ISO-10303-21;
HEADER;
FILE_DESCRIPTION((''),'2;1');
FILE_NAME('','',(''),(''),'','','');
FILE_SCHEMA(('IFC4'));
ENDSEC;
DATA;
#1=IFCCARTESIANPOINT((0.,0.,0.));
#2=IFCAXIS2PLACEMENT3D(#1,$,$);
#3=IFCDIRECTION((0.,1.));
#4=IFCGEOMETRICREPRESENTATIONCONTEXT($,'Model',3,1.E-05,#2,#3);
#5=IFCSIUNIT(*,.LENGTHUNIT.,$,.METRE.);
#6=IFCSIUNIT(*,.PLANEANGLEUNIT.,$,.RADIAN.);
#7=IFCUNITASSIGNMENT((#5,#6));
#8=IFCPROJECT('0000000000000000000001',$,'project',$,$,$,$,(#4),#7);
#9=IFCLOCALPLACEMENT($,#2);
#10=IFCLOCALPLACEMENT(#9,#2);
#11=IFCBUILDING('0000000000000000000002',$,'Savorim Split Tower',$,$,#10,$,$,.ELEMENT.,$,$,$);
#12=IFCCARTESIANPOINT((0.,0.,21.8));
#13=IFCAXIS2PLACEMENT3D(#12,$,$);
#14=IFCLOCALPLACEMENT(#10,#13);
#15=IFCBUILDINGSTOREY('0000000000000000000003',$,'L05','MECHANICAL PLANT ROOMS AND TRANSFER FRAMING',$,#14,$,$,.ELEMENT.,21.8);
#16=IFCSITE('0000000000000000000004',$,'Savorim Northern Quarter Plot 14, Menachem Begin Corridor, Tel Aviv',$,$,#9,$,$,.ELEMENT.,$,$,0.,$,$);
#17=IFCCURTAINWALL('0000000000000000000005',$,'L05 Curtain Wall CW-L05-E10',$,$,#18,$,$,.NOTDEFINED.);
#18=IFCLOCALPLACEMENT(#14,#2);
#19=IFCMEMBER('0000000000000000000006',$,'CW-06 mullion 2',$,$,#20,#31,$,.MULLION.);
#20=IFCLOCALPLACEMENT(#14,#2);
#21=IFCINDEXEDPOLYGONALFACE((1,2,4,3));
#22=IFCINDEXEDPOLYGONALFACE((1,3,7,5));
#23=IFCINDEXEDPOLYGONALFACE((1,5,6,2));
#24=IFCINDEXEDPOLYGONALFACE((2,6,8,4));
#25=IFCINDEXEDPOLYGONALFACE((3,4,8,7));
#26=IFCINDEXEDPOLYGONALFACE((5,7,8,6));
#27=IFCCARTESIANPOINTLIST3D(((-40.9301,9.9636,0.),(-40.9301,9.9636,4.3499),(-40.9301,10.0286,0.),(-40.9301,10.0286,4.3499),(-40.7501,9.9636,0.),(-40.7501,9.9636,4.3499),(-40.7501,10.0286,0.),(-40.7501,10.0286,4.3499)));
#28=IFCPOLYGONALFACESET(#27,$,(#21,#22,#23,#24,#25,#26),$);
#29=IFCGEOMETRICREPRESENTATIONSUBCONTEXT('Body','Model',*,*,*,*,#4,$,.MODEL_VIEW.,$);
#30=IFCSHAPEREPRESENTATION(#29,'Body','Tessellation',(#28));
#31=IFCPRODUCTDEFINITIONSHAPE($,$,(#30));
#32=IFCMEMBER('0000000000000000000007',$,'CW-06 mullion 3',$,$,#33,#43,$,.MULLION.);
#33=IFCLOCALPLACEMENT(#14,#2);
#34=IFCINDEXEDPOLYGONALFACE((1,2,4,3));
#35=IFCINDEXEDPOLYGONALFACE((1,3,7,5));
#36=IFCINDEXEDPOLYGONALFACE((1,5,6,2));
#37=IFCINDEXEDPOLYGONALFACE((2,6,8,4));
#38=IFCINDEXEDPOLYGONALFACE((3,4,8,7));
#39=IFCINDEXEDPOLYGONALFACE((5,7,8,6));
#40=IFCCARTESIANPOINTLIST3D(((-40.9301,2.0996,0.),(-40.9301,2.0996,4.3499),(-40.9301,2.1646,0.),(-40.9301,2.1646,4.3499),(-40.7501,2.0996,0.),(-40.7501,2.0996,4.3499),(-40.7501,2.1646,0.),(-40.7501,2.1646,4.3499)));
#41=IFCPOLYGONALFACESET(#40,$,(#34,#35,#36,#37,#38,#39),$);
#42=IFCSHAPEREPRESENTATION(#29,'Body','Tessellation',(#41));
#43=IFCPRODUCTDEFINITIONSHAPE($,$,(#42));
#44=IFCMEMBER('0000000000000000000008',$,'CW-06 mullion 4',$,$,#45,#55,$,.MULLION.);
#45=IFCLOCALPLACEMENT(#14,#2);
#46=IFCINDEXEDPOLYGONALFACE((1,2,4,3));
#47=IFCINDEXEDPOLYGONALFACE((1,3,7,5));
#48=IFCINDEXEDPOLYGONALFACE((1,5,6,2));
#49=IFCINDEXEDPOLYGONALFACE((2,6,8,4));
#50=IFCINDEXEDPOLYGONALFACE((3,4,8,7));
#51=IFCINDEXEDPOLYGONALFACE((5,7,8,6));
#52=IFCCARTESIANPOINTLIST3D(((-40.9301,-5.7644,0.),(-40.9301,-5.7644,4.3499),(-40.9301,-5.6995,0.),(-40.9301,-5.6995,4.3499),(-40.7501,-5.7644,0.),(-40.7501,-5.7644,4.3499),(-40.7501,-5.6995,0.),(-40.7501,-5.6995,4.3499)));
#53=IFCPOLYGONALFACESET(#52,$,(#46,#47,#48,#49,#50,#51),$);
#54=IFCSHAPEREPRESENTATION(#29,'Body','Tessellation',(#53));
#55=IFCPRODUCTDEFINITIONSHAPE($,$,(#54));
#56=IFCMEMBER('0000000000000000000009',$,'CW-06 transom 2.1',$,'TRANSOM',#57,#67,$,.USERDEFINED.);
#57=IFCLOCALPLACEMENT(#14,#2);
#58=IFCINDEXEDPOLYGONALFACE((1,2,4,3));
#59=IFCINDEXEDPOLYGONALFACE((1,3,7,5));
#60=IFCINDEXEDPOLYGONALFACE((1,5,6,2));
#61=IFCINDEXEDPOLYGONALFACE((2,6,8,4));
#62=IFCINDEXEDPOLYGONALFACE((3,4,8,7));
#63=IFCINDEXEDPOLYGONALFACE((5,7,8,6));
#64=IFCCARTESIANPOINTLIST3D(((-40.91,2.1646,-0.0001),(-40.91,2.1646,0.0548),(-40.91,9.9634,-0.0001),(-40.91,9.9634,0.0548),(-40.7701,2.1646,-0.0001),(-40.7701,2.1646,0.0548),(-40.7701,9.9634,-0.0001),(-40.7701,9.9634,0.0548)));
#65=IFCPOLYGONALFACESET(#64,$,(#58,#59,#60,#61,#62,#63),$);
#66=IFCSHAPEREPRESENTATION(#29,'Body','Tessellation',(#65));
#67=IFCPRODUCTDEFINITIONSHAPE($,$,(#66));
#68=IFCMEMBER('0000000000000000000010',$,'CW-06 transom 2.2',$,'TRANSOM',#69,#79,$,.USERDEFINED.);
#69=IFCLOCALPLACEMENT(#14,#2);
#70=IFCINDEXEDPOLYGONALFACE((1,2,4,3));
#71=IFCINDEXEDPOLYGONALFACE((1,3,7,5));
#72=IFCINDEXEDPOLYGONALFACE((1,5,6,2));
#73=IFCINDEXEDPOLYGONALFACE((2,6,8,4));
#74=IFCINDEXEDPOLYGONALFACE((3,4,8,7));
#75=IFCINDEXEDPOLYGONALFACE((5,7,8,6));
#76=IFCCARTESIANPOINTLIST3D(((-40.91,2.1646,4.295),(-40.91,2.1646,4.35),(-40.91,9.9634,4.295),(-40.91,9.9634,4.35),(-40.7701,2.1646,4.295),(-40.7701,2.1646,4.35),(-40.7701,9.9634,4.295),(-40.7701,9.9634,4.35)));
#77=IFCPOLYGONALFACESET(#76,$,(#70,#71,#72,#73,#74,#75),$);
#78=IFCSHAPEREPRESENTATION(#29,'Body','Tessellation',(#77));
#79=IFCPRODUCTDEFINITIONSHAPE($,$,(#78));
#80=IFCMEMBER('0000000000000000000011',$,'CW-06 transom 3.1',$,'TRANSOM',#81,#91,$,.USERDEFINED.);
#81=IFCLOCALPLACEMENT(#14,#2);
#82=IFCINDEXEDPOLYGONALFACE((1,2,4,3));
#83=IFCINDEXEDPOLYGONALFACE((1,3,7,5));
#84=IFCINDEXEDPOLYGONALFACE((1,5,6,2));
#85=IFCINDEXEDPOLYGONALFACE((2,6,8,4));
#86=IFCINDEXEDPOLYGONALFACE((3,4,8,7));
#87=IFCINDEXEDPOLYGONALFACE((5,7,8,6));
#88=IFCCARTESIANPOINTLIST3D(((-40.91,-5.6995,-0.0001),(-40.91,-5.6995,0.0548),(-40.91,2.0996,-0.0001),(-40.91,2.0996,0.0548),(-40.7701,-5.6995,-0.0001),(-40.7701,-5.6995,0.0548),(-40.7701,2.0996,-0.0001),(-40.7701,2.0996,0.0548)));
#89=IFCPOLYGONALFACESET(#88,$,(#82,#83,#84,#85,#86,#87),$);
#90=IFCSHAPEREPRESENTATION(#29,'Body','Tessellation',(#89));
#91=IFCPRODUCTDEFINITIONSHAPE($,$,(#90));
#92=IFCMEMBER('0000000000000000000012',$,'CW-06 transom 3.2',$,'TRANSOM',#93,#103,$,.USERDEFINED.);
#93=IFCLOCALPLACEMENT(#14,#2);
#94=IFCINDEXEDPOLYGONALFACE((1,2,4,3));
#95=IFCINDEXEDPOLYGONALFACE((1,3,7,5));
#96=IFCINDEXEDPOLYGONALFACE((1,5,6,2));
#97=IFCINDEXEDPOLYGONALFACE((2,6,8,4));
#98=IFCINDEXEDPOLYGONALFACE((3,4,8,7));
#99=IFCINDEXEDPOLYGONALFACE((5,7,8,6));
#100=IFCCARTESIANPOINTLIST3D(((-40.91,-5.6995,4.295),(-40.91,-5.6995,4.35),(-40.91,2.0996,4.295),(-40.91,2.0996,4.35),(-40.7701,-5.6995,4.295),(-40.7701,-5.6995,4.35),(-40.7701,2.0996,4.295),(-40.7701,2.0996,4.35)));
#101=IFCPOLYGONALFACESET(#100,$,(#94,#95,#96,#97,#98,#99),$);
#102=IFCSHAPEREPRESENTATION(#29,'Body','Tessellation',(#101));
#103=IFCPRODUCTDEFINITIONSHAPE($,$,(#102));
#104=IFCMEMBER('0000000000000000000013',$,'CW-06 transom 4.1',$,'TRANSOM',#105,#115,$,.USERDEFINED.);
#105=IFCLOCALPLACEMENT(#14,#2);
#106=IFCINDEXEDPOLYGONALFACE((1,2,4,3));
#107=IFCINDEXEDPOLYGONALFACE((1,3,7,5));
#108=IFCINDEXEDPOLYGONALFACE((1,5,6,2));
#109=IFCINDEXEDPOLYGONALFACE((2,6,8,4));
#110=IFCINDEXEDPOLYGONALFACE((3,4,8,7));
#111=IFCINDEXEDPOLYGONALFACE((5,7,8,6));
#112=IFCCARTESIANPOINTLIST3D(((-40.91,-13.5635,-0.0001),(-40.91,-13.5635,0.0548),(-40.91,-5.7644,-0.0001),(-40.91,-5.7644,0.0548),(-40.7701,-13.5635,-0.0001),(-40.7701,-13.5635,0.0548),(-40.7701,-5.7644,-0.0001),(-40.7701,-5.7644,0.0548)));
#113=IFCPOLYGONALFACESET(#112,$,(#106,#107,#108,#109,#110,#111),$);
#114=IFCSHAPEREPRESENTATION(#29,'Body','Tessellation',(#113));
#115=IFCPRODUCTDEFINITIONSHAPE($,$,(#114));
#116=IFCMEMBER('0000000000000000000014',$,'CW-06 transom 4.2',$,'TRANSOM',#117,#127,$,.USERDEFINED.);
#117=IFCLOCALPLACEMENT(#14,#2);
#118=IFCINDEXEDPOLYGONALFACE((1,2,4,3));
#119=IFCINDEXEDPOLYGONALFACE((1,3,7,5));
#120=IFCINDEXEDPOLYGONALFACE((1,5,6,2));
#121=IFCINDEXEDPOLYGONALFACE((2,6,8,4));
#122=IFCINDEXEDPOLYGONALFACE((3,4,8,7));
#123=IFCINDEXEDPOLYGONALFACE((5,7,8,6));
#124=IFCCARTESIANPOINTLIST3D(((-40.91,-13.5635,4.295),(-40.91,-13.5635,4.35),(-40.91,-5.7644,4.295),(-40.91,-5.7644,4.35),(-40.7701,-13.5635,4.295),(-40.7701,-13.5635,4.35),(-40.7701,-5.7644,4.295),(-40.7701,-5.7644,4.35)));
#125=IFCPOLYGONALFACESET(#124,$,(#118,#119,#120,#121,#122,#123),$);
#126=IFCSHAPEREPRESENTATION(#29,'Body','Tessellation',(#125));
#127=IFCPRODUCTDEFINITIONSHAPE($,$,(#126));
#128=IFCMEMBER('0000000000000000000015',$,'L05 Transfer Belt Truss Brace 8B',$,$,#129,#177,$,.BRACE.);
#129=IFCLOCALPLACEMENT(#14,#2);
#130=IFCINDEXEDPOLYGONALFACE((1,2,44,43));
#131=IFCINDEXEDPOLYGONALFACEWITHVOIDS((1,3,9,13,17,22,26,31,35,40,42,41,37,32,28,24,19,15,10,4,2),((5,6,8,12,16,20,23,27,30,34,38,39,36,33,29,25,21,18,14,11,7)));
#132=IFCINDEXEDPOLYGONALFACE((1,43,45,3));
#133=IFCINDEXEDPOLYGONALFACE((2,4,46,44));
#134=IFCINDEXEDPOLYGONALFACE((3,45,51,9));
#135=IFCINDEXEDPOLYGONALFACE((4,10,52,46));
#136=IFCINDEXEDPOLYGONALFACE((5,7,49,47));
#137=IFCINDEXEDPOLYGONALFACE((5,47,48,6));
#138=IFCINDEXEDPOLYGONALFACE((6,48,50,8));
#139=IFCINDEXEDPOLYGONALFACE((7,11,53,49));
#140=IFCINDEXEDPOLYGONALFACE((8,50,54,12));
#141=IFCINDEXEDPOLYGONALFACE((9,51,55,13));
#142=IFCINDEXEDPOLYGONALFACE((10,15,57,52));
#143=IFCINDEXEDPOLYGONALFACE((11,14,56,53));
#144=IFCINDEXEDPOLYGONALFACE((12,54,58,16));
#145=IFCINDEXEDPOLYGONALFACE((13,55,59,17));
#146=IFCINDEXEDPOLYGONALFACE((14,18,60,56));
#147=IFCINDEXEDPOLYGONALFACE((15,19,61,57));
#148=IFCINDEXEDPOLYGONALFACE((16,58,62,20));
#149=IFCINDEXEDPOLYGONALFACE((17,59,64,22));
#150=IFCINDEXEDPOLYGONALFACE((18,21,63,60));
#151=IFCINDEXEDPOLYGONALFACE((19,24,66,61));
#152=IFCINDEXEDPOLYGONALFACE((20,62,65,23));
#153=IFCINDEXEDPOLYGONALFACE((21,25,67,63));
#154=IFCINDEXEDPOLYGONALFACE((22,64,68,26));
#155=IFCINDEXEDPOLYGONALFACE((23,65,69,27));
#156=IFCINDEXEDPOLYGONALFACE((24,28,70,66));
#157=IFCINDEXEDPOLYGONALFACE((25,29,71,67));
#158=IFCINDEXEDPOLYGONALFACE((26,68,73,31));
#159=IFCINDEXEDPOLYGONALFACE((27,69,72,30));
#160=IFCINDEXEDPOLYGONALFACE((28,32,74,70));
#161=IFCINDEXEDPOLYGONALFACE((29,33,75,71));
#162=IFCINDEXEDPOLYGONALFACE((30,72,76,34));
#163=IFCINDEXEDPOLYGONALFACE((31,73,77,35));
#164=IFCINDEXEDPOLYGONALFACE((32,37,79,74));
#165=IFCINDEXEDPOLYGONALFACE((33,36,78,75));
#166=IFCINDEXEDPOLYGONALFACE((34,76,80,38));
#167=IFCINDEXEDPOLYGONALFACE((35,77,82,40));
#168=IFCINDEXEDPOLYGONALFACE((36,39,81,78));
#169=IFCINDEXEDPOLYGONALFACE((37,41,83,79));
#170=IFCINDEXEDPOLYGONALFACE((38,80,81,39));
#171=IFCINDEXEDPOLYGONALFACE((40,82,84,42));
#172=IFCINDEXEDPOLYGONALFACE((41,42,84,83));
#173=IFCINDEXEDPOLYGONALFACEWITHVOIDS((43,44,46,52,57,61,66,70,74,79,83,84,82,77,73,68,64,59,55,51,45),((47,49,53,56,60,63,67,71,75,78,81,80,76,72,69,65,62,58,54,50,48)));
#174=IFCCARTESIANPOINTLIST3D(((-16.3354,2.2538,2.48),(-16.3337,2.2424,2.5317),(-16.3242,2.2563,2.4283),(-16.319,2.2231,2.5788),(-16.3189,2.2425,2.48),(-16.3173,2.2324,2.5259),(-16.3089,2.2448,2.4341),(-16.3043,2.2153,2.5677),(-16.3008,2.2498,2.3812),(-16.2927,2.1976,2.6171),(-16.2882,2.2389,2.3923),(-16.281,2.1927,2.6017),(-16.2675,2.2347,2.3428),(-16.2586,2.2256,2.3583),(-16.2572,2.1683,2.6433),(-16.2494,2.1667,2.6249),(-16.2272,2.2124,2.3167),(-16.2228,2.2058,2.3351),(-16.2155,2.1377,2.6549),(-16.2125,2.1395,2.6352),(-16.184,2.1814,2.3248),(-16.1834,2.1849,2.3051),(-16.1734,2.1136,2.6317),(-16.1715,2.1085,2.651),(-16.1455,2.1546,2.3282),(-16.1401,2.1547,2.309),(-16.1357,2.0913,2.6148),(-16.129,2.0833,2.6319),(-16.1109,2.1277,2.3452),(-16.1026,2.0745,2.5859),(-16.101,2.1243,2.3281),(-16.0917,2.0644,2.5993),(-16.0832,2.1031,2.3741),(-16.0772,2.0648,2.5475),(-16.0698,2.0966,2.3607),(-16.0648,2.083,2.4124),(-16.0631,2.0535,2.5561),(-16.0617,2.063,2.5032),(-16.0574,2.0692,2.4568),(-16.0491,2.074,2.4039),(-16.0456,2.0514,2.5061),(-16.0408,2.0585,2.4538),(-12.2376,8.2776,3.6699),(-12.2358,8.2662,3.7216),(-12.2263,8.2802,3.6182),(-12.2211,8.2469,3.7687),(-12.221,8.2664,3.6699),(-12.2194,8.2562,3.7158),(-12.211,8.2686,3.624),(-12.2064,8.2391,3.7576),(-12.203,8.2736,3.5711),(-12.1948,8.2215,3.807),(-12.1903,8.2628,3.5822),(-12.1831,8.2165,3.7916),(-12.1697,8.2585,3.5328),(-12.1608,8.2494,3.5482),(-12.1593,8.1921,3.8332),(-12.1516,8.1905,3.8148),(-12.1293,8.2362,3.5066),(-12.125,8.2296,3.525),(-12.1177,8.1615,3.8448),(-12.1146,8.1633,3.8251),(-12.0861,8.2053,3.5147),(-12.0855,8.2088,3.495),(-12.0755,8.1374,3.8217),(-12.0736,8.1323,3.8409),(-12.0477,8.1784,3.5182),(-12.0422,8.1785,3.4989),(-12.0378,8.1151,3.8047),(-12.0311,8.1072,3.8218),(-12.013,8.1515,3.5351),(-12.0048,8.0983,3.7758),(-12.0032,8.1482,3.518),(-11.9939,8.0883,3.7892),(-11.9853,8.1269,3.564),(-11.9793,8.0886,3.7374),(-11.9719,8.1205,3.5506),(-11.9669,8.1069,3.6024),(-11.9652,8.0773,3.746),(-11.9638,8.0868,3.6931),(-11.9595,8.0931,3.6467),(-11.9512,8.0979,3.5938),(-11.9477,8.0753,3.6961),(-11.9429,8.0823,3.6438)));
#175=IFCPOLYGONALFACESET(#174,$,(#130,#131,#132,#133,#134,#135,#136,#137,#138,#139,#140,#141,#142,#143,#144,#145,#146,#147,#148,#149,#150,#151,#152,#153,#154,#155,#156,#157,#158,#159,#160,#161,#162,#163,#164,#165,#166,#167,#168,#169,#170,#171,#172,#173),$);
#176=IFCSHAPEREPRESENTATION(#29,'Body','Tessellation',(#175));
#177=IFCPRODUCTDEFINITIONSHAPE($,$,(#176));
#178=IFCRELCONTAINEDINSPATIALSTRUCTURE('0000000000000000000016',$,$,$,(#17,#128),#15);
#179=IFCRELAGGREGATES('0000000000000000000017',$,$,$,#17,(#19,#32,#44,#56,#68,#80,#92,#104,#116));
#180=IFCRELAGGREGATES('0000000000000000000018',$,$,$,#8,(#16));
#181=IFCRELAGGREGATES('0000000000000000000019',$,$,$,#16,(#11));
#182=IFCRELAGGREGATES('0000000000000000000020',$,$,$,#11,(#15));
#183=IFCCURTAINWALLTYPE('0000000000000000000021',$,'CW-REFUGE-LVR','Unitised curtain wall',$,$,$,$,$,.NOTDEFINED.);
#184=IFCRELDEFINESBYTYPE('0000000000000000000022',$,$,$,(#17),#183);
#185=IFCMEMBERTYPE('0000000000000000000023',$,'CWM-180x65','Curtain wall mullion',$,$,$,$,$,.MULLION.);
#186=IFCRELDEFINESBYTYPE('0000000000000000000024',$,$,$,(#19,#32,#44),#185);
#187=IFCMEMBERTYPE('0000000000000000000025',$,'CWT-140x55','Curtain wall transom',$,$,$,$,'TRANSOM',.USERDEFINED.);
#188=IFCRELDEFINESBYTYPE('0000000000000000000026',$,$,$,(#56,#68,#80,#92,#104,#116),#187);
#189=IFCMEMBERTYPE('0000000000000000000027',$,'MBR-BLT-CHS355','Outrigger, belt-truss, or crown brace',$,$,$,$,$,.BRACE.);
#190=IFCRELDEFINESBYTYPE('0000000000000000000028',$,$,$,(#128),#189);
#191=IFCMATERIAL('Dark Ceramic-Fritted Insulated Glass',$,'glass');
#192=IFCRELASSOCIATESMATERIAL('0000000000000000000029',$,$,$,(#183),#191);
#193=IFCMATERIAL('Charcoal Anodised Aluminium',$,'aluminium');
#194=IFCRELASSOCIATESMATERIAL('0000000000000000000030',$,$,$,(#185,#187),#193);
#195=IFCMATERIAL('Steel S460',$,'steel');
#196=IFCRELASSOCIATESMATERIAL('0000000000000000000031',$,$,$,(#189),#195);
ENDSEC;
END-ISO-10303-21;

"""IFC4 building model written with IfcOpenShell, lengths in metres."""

from ifc_helpers import new_model, si_unit, direction, frame, origin, origin_2d, place, context, subcontext, project, spatial, rectangle, hollow_circle, extrude, material, material_profile, profile_set, type_object, element, aggregate, save


model = new_model("IFC4")

# Units and contexts
model_context = context("Model", 3, precision=1e-05, world=origin(), true_north=direction((0.0, 1.0)))
body_context = subcontext(model_context, "Body", "Model", "MODEL_VIEW")
ifc_project = project(units=[si_unit("LENGTHUNIT", "METRE"), si_unit("PLANEANGLEUNIT", "RADIAN")], contexts=[model_context])

# Site, building, storey
site_placement = place(None, origin())
site = spatial("IfcSite", under=ifc_project, at=site_placement, Name="Savorim Northern Quarter Plot 14, Menachem Begin Corridor, Tel Aviv", CompositionType="ELEMENT", RefElevation=0.0)
building_placement = place(site_placement, origin())
building = spatial("IfcBuilding", under=site, at=building_placement, Name="Savorim Split Tower", CompositionType="ELEMENT")
storey_placement = place(building_placement, frame((0.0, 0.0, 21.8)))
storey = spatial("IfcBuildingStorey", under=building, at=storey_placement, Name="L05", Description="MECHANICAL PLANT ROOMS AND TRANSFER FRAMING", CompositionType="ELEMENT", Elevation=21.8)

# Shared definitions
ifc_material_1 = material(Name="Steel S460", Category="steel")

# Curtain wall, members
ifc_material_2 = material(Name="Dark Ceramic-Fritted Insulated Glass", Category="glass")
curtain_wall_type = type_object("IfcCurtainWallType", Name="CW-REFUGE-LVR", Description="Unitised curtain wall", PredefinedType="NOTDEFINED", material=ifc_material_2)
curtain_wall_placement = place(storey_placement, origin())
curtain_wall = element("IfcCurtainWall", 1, at=curtain_wall_placement, inside=storey, type_object=curtain_wall_type, Name="L05 Curtain Wall CW-L05-E10", PredefinedType="NOTDEFINED")
ifc_material_3 = material(Name="Charcoal Anodised Aluminium", Category="aluminium")
ifc_material_profile_1 = material_profile(ifc_material_3, rectangle(XDim=0.1799, YDim=0.0649, at=origin_2d()), Name="ALU-M 180x65")
ifc_profile_set_1 = profile_set([ifc_material_profile_1], Name="Charcoal Anodised Aluminium")
member_type_1 = type_object("IfcMemberType", Name="CWM-180x65", Description="Curtain wall mullion", PredefinedType="MULLION", material=ifc_profile_set_1)
member_1_placement = place(storey_placement, frame((-40.8401, 9.9961, 0.0), z_axis=(0.0, 0.0, 1.0), x_axis=(1.0, 0.0, 0.0)))
member_1 = element("IfcMember", 2, at=member_1_placement, type_object=member_type_1, Name="CW-06 mullion 2", PredefinedType="MULLION", context=body_context, shape_type="SweptSolid", body=[
    extrude(rectangle(XDim=0.1799, YDim=0.0649, at=origin_2d()), origin(), (0.0, 0.0, 1.0), 4.3499),
])
member_2_placement = place(storey_placement, frame((-40.8401, 2.1321, 0.0), z_axis=(0.0, 0.0, 1.0), x_axis=(1.0, 0.0, 0.0)))
member_2 = element("IfcMember", 3, at=member_2_placement, type_object=member_type_1, Name="CW-06 mullion 3", PredefinedType="MULLION", context=body_context, shape_type="SweptSolid", body=[
    extrude(rectangle(XDim=0.1799, YDim=0.0649, at=origin_2d()), origin(), (0.0, 0.0, 1.0), 4.3499),
])
member_3_placement = place(storey_placement, frame((-40.8401, -5.7319, 0.0), z_axis=(0.0, 0.0, 1.0), x_axis=(1.0, 0.0, 0.0)))
member_3 = element("IfcMember", 4, at=member_3_placement, type_object=member_type_1, Name="CW-06 mullion 4", PredefinedType="MULLION", context=body_context, shape_type="SweptSolid", body=[
    extrude(rectangle(XDim=0.1799, YDim=0.0649, at=origin_2d()), origin(), (0.0, 0.0, 1.0), 4.3499),
])
ifc_material_profile_2 = material_profile(ifc_material_3, rectangle(XDim=0.1399, YDim=0.0549, at=origin_2d()), Name="ALU-T 140x55")
ifc_profile_set_2 = profile_set([ifc_material_profile_2], Name="Charcoal Anodised Aluminium")
member_type_2 = type_object("IfcMemberType", Name="CWT-140x55", Description="Curtain wall transom", ElementType="TRANSOM", PredefinedType="USERDEFINED", material=ifc_profile_set_2)
member_4_placement = place(storey_placement, frame((-40.8401, 9.9634, 0.0273), z_axis=(0.0, -1.0, 0.0), x_axis=(1.0, 0.0, 0.0)))
member_4 = element("IfcMember", 5, at=member_4_placement, type_object=member_type_2, Name="CW-06 transom 2.1", ObjectType="TRANSOM", PredefinedType="USERDEFINED", context=body_context, shape_type="SweptSolid", body=[
    extrude(rectangle(XDim=0.1399, YDim=0.0549, at=origin_2d()), origin(), (0.0, 0.0, 1.0), 7.7988),
])
member_5_placement = place(storey_placement, frame((-40.8401, 9.9634, 4.3225), z_axis=(0.0, -1.0, 0.0), x_axis=(1.0, 0.0, 0.0)))
member_5 = element("IfcMember", 6, at=member_5_placement, type_object=member_type_2, Name="CW-06 transom 2.2", ObjectType="TRANSOM", PredefinedType="USERDEFINED", context=body_context, shape_type="SweptSolid", body=[
    extrude(rectangle(XDim=0.1399, YDim=0.0549, at=origin_2d()), origin(), (0.0, 0.0, 1.0), 7.7988),
])
member_6_placement = place(storey_placement, frame((-40.8401, 2.0996, 0.0273), z_axis=(0.0, -1.0, 0.0), x_axis=(1.0, 0.0, 0.0)))
member_6 = element("IfcMember", 7, at=member_6_placement, type_object=member_type_2, Name="CW-06 transom 3.1", ObjectType="TRANSOM", PredefinedType="USERDEFINED", context=body_context, shape_type="SweptSolid", body=[
    extrude(rectangle(XDim=0.1399, YDim=0.0549, at=origin_2d()), origin(), (0.0, 0.0, 1.0), 7.7991),
])
member_7_placement = place(storey_placement, frame((-40.8401, 2.0996, 4.3225), z_axis=(0.0, -1.0, 0.0), x_axis=(1.0, 0.0, 0.0)))
member_7 = element("IfcMember", 8, at=member_7_placement, type_object=member_type_2, Name="CW-06 transom 3.2", ObjectType="TRANSOM", PredefinedType="USERDEFINED", context=body_context, shape_type="SweptSolid", body=[
    extrude(rectangle(XDim=0.1399, YDim=0.0549, at=origin_2d()), origin(), (0.0, 0.0, 1.0), 7.7991),
])
member_8_placement = place(storey_placement, frame((-40.8401, -5.7644, 0.0273), z_axis=(0.0, -1.0, 0.0), x_axis=(1.0, 0.0, 0.0)))
member_8 = element("IfcMember", 9, at=member_8_placement, type_object=member_type_2, Name="CW-06 transom 4.1", ObjectType="TRANSOM", PredefinedType="USERDEFINED", context=body_context, shape_type="SweptSolid", body=[
    extrude(rectangle(XDim=0.1399, YDim=0.0549, at=origin_2d()), origin(), (0.0, 0.0, 1.0), 7.7991),
])
member_9_placement = place(storey_placement, frame((-40.8401, -5.7644, 4.3225), z_axis=(0.0, -1.0, 0.0), x_axis=(1.0, 0.0, 0.0)))
member_9 = element("IfcMember", 10, at=member_9_placement, type_object=member_type_2, Name="CW-06 transom 4.2", ObjectType="TRANSOM", PredefinedType="USERDEFINED", context=body_context, shape_type="SweptSolid", body=[
    extrude(rectangle(XDim=0.1399, YDim=0.0549, at=origin_2d()), origin(), (0.0, 0.0, 1.0), 7.7991),
])

# Member
ifc_material_profile_3 = material_profile(ifc_material_1, hollow_circle(Radius=0.1777, WallThickness=0.02, at=origin_2d()), Name="CHS 355.6x20")
ifc_profile_set_3 = profile_set([ifc_material_profile_3], Name="Steel S460")
member_type_3 = type_object("IfcMemberType", Name="MBR-BLT-CHS355", Description="Outrigger, belt-truss, or crown brace", PredefinedType="BRACE", material=ifc_profile_set_3)
member_10_placement = place(storey_placement, frame((-16.1885, 2.1538, 2.48), z_axis=(0.555108, 0.81601, 0.161191), x_axis=(-0.826822, 0.562463, 0.0)))
element("IfcMember", 11, at=member_10_placement, inside=storey, type_object=member_type_3, Name="L05 Transfer Belt Truss Brace 8B", PredefinedType="BRACE", context=body_context, shape_type="SweptSolid", body=[
    extrude(hollow_circle(Radius=0.1777, WallThickness=0.02, at=origin_2d()), origin(), (0.0, 0.0, 1.0), 7.3821),
])

aggregate(curtain_wall, [member_1, member_2, member_3, member_4, member_5, member_6, member_7, member_8, member_9])

save(model, "model.ifc")
